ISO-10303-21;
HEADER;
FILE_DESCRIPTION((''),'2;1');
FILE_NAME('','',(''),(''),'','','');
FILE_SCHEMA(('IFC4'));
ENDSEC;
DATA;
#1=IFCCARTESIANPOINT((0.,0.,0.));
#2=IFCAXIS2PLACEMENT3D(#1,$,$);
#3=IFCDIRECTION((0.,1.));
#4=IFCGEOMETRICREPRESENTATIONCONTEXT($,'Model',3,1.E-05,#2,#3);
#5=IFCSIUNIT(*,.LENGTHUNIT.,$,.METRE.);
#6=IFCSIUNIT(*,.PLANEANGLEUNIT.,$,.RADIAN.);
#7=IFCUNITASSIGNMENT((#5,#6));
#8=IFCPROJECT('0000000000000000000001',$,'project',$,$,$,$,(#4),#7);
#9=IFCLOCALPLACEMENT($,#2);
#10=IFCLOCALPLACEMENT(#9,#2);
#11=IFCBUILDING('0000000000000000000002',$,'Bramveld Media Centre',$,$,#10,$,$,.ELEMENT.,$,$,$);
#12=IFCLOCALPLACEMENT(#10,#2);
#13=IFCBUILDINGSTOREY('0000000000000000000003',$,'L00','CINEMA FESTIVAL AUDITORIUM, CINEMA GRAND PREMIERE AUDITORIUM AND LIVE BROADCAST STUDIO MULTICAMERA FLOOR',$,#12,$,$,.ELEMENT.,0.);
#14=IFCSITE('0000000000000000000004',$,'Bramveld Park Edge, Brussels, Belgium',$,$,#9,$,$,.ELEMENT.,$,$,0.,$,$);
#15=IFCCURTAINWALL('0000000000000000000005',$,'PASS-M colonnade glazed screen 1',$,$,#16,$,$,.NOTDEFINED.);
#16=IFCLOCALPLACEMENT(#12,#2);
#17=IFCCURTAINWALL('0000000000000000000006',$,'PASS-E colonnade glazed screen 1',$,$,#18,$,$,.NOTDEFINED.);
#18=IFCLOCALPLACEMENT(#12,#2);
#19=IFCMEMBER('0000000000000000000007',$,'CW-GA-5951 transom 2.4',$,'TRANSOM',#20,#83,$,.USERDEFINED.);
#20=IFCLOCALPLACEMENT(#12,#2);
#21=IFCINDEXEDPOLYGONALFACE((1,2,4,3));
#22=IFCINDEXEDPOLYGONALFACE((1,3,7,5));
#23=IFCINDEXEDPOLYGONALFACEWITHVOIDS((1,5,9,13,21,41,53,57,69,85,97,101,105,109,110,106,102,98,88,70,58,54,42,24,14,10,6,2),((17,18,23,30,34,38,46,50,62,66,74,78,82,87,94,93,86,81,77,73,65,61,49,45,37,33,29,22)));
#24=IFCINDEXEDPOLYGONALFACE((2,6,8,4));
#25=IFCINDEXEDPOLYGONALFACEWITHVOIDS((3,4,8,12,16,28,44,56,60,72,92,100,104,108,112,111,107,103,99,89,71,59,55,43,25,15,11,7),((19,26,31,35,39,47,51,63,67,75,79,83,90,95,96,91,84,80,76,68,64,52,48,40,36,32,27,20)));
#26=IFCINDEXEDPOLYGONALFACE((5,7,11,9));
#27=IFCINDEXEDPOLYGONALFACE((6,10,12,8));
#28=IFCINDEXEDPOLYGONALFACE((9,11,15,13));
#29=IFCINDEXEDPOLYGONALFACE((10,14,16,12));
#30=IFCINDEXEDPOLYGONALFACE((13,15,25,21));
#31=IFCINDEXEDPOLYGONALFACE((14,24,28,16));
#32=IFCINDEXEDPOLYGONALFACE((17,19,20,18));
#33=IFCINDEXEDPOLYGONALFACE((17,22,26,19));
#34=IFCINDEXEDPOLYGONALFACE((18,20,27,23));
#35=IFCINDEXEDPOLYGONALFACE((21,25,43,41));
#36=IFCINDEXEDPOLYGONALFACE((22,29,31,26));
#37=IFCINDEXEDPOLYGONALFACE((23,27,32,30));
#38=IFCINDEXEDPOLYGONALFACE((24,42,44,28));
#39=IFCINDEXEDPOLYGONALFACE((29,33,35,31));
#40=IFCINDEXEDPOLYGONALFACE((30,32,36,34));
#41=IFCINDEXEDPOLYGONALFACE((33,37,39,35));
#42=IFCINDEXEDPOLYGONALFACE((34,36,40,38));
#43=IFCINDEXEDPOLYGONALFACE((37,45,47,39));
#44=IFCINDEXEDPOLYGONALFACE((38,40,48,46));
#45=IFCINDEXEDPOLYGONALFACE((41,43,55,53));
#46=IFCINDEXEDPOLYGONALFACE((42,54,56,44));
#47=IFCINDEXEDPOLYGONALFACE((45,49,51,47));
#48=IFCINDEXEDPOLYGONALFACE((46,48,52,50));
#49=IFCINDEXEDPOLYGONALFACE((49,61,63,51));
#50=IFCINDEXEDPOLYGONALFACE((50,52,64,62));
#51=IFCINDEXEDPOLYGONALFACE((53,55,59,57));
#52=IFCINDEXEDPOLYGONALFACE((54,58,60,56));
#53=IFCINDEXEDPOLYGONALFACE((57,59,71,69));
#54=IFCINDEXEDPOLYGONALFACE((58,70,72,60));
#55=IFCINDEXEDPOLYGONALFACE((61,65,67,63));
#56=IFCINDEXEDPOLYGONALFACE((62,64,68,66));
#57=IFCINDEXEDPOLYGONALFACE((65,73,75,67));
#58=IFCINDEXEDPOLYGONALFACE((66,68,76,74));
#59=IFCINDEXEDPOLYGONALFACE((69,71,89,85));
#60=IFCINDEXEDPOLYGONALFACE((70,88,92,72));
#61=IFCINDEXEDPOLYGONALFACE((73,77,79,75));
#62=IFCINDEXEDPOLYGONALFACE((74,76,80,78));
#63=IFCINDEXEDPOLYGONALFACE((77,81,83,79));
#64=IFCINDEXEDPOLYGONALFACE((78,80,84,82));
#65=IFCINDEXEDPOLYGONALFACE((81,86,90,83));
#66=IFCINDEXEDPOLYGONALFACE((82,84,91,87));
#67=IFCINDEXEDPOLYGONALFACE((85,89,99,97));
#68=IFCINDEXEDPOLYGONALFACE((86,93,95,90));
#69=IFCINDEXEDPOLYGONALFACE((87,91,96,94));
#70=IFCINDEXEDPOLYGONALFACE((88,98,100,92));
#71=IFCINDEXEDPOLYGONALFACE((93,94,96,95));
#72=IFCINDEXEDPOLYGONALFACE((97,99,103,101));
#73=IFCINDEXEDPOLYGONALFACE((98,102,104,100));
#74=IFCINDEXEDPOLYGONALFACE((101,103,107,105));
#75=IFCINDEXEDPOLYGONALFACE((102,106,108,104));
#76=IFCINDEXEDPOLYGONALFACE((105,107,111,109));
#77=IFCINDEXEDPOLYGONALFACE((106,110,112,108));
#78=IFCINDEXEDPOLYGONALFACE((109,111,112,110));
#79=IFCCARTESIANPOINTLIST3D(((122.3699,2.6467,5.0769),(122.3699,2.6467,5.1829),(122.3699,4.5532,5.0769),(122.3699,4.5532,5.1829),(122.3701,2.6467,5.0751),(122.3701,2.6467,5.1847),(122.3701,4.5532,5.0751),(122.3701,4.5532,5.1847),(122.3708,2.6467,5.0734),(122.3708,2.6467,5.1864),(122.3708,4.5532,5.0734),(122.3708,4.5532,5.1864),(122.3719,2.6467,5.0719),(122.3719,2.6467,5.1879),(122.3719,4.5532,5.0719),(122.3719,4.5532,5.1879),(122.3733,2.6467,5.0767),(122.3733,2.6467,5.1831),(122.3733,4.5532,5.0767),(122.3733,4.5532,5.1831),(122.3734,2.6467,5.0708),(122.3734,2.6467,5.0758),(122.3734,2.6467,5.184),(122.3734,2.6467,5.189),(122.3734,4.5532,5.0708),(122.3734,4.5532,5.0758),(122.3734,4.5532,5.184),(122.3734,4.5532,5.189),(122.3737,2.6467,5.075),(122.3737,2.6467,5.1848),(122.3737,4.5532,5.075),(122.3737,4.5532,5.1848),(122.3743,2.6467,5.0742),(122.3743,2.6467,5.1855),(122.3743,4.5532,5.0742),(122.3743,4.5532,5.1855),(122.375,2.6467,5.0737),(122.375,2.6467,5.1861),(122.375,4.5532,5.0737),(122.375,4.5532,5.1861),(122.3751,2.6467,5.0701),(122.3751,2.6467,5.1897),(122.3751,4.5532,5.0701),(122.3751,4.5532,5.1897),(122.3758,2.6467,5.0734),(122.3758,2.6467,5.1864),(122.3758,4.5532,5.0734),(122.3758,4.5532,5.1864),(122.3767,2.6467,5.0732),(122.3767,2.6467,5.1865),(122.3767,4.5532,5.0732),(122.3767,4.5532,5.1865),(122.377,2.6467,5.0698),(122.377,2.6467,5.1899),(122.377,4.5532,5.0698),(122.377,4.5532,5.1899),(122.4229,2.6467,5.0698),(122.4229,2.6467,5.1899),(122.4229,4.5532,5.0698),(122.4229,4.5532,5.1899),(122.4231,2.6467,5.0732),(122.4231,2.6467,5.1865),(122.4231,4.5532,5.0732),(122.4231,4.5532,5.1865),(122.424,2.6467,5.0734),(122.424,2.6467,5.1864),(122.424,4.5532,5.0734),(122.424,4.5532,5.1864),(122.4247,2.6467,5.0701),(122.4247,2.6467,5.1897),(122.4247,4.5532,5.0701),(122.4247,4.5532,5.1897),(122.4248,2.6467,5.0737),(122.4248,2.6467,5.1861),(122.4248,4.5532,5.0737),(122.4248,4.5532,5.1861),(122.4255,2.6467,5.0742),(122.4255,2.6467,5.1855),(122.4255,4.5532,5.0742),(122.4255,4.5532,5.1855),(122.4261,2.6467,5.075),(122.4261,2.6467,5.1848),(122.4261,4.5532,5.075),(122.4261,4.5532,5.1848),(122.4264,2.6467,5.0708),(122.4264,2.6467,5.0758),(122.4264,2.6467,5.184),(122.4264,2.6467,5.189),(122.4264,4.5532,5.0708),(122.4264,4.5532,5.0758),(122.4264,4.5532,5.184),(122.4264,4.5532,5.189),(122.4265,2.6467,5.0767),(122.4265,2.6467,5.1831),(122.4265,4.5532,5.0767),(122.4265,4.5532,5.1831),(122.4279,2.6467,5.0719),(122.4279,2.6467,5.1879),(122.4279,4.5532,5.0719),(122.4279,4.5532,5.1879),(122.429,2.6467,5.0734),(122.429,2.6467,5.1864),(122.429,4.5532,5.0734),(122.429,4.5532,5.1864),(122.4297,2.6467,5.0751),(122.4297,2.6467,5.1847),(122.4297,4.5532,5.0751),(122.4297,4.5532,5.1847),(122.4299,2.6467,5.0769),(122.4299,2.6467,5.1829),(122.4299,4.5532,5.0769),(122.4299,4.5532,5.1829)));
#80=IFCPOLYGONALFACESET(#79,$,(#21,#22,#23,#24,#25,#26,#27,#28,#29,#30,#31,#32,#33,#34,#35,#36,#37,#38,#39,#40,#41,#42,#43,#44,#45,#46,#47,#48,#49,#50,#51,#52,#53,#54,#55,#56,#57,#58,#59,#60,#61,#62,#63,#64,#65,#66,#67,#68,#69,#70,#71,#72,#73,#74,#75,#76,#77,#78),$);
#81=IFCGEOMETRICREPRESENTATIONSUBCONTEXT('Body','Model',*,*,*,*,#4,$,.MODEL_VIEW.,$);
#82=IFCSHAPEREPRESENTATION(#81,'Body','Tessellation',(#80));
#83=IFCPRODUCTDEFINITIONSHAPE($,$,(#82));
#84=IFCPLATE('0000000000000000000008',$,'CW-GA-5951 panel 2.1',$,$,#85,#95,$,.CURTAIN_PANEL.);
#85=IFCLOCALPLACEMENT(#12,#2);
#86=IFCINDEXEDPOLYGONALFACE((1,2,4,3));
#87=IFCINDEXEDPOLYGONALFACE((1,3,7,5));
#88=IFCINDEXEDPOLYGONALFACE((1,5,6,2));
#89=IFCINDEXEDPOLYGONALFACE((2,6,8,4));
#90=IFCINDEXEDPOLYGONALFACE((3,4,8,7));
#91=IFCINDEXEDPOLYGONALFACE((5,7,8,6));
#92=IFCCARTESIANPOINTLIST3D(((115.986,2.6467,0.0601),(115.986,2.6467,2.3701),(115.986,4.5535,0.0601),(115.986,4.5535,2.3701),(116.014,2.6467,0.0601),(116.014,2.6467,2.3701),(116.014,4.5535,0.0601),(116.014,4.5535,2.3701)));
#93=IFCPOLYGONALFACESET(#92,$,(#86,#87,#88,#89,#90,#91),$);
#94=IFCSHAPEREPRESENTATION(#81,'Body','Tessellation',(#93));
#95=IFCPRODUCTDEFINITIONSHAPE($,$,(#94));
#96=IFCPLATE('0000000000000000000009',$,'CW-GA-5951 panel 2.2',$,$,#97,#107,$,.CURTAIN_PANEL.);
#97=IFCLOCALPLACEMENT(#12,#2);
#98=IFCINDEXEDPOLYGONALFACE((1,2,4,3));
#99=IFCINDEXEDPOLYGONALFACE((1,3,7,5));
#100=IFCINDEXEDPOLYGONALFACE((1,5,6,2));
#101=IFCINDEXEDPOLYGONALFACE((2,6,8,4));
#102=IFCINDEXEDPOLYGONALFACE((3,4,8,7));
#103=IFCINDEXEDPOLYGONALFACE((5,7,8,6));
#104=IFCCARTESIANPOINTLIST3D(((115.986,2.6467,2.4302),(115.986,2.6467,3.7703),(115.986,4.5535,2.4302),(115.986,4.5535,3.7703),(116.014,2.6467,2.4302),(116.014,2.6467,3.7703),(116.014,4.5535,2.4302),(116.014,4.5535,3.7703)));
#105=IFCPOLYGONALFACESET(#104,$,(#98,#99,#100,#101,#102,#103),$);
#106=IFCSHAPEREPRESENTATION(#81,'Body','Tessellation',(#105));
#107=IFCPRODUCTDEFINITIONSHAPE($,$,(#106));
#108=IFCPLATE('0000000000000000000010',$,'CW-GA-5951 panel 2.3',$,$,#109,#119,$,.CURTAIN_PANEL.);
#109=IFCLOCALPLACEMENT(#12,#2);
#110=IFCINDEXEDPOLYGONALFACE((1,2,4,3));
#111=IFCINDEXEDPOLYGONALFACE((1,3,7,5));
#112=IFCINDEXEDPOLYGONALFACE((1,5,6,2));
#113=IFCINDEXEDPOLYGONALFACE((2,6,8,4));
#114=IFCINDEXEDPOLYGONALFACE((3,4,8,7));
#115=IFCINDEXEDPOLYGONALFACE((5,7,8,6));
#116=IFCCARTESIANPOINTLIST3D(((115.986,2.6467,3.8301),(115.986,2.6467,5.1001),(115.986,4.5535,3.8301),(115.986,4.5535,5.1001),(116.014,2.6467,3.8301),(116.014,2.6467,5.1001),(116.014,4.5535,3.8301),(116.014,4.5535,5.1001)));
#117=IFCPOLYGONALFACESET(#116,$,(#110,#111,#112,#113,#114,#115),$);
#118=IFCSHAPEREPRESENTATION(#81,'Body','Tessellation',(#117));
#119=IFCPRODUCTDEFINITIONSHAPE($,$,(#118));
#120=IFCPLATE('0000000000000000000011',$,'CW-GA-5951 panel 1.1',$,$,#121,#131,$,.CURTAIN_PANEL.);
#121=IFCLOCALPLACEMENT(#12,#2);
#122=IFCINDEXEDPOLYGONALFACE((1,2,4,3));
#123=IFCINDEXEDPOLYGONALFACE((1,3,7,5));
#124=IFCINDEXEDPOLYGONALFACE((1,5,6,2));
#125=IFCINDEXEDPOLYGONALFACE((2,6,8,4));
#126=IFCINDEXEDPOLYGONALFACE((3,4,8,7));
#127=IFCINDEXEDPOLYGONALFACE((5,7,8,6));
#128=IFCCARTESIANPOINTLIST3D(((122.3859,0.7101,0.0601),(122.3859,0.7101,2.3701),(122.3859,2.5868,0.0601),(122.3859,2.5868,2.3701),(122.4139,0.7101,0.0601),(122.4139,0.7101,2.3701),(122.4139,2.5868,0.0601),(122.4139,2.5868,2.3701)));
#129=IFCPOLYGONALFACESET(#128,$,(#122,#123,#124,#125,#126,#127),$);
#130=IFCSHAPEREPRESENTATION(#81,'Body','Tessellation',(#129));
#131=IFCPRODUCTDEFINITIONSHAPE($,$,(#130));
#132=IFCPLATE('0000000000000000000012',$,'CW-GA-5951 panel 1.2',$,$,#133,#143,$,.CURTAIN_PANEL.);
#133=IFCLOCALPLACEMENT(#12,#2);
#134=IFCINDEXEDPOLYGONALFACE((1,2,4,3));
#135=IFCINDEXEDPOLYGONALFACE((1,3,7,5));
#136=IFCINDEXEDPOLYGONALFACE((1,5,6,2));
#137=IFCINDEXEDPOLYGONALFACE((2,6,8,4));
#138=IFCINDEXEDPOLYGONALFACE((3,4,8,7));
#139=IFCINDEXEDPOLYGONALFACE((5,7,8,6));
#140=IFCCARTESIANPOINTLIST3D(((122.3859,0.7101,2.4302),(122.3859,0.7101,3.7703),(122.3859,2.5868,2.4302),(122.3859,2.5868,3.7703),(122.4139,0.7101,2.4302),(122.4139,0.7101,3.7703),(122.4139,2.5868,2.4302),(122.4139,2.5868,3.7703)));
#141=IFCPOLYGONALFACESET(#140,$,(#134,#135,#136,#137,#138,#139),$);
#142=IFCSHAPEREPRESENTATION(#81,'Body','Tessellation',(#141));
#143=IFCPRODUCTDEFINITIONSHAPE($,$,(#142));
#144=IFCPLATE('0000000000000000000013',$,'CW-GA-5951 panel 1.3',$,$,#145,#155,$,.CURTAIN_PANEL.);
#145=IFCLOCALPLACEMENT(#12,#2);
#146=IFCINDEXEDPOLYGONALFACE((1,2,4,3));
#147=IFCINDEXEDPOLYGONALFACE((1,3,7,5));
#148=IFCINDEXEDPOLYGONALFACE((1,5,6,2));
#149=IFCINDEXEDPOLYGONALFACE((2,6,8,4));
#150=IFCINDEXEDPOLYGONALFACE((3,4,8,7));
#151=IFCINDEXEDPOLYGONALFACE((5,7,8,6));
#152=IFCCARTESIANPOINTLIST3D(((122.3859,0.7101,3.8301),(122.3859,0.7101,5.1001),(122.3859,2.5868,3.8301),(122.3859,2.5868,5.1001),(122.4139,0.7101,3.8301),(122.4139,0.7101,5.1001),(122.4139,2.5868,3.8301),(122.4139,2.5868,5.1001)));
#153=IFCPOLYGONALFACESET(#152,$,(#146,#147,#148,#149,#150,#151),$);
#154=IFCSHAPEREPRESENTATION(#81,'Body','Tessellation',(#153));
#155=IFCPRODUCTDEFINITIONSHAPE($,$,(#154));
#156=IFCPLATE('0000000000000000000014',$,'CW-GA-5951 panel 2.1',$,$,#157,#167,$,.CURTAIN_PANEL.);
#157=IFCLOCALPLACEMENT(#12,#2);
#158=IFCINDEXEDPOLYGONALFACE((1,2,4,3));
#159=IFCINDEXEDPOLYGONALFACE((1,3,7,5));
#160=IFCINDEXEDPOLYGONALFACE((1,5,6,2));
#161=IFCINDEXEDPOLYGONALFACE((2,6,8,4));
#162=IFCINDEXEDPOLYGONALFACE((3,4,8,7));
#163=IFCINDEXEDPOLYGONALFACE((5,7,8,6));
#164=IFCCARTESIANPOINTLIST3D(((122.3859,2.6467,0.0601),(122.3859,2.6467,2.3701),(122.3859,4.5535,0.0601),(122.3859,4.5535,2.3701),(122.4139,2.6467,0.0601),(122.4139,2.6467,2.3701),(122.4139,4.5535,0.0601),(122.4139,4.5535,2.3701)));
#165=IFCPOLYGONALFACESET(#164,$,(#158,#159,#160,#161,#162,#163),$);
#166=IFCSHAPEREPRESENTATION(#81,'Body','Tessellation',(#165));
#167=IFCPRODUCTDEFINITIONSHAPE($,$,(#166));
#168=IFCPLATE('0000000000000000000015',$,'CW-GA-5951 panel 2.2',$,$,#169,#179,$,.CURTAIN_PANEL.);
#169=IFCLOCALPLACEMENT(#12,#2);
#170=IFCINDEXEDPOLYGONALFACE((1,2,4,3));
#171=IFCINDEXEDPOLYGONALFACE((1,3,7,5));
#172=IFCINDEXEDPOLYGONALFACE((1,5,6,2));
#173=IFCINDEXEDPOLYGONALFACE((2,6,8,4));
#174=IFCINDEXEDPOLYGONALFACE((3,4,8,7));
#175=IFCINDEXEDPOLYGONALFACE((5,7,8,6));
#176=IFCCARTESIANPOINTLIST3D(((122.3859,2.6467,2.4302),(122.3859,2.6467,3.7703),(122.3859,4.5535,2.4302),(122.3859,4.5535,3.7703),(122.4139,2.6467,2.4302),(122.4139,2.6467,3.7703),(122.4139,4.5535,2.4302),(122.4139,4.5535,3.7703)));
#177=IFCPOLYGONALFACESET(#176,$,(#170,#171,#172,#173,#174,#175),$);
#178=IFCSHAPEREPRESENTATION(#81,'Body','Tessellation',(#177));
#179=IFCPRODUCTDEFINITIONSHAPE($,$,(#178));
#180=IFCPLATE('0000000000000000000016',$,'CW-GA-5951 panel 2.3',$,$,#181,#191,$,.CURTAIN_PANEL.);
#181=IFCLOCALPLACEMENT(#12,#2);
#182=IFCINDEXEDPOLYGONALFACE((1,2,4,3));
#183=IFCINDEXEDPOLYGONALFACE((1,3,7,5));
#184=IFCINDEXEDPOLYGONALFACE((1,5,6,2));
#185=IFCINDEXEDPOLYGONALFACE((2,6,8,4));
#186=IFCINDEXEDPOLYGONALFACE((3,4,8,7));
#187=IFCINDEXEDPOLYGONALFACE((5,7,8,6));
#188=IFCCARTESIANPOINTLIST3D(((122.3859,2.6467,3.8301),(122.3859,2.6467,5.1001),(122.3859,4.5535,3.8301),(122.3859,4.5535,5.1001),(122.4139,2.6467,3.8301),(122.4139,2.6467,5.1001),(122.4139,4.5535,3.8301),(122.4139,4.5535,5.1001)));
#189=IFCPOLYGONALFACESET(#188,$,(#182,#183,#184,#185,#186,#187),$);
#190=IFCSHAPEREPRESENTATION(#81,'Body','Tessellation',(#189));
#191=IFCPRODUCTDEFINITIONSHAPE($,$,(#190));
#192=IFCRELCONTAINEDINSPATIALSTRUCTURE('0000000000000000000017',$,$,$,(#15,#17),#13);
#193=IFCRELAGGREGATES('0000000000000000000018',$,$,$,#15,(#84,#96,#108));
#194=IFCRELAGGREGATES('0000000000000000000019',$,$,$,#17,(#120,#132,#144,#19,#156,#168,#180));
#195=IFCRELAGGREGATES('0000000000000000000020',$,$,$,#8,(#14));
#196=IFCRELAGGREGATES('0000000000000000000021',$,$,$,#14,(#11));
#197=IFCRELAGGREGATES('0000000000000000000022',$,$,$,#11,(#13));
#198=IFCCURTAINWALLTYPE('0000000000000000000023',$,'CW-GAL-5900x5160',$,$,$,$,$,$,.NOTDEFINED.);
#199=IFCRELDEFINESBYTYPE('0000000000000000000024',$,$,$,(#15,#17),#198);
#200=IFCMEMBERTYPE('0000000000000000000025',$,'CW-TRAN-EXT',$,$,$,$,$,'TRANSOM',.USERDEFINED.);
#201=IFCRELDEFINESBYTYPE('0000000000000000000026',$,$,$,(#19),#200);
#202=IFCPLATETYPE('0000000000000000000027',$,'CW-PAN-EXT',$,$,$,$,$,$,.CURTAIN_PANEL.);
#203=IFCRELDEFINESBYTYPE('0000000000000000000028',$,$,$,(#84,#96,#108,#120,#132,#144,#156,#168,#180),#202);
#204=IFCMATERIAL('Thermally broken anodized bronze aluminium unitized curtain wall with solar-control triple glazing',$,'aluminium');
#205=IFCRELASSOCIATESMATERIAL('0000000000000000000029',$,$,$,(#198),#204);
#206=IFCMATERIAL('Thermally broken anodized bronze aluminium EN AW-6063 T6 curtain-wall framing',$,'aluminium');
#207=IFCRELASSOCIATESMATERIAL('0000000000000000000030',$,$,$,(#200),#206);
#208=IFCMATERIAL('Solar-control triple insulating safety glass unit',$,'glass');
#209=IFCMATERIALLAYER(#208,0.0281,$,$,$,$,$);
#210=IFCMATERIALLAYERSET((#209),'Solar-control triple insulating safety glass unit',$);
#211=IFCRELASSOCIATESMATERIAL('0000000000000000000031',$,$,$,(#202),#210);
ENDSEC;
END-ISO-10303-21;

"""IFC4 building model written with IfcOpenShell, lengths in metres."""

from ifc_helpers import new_model, si_unit, direction, frame, origin, origin_2d, place, context, subcontext, project, spatial, rectangle, hollow_rectangle, extrude, material, layer, layer_set, material_profile, profile_set, type_object, element, aggregate, save


model = new_model("IFC4")

# Units and contexts
model_context = context("Model", 3, precision=1e-05, world=origin(), true_north=direction((0.0, 1.0)))
body_context = subcontext(model_context, "Body", "Model", "MODEL_VIEW")
ifc_project = project(units=[si_unit("LENGTHUNIT", "METRE"), si_unit("PLANEANGLEUNIT", "RADIAN")], contexts=[model_context])

# Site, building, storey
site_placement = place(None, origin())
site = spatial("IfcSite", under=ifc_project, at=site_placement, Name="Bramveld Park Edge, Brussels, Belgium", CompositionType="ELEMENT", RefElevation=0.0)
building_placement = place(site_placement, origin())
building = spatial("IfcBuilding", under=site, at=building_placement, Name="Bramveld Media Centre", CompositionType="ELEMENT")
storey_placement = place(building_placement, origin())
storey = spatial("IfcBuildingStorey", under=building, at=storey_placement, Name="L00", Description="CINEMA FESTIVAL AUDITORIUM, CINEMA GRAND PREMIERE AUDITORIUM AND LIVE BROADCAST STUDIO MULTICAMERA FLOOR", CompositionType="ELEMENT", Elevation=0.0)

# Curtain wall
ifc_material_1 = material(Name="Thermally broken anodized bronze aluminium unitized curtain wall with solar-control triple glazing", Category="aluminium")
curtain_wall_type = type_object("IfcCurtainWallType", Name="CW-GAL-5900x5160", PredefinedType="NOTDEFINED", material=ifc_material_1)
curtain_wall_1_placement = place(storey_placement, origin())
curtain_wall_1 = element("IfcCurtainWall", 1, at=curtain_wall_1_placement, inside=storey, type_object=curtain_wall_type, Name="PASS-M colonnade glazed screen 1", PredefinedType="NOTDEFINED")

# Curtain wall
curtain_wall_2_placement = place(storey_placement, origin())
curtain_wall_2 = element("IfcCurtainWall", 2, at=curtain_wall_2_placement, inside=storey, type_object=curtain_wall_type, Name="PASS-E colonnade glazed screen 1", PredefinedType="NOTDEFINED")

# Member
ifc_material_2 = material(Name="Thermally broken anodized bronze aluminium EN AW-6063 T6 curtain-wall framing", Category="aluminium")
ifc_material_profile_1 = material_profile(ifc_material_2, hollow_rectangle(XDim=0.0601, YDim=0.1201, WallThickness=0.0034, InnerFilletRadius=0.0034, OuterFilletRadius=0.0071, at=origin_2d()), Name="AL-TRAN 60x120")
ifc_profile_set_1 = profile_set([ifc_material_profile_1], Name="Thermally broken anodized bronze aluminium EN AW-6063 T6 curtain-wall framing")
member_type_1 = type_object("IfcMemberType", Name="CW-TRAN-EXT", ElementType="TRANSOM", PredefinedType="USERDEFINED", material=ifc_profile_set_1)
member_1_placement = place(storey_placement, frame((122.3999, 2.6467, 5.1299), z_axis=(0.0, 1.0, 0.0), x_axis=(-1.0, 0.0, 0.0)))
member_1 = element("IfcMember", 3, at=member_1_placement, type_object=member_type_1, Name="CW-GA-5951 transom 2.4", ObjectType="TRANSOM", PredefinedType="USERDEFINED", context=body_context, shape_type="SweptSolid", body=[
    extrude(hollow_rectangle(XDim=0.0601, YDim=0.1201, WallThickness=0.0034, InnerFilletRadius=0.0034, OuterFilletRadius=0.0071, at=origin_2d()), origin(), (0.0, 0.0, 1.0), 1.9065),
])

# Plates
ifc_material_3 = material(Name="Solar-control triple insulating safety glass unit", Category="glass")
ifc_layer = layer(ifc_material_3, 0.0281)
ifc_layer_set = layer_set([ifc_layer], Name="Solar-control triple insulating safety glass unit")
plate_type = type_object("IfcPlateType", Name="CW-PAN-EXT", PredefinedType="CURTAIN_PANEL", material=ifc_layer_set)
plate_1_placement = place(storey_placement, frame((116.0, 3.6001, 0.0601), z_axis=(0.0, 0.0, 1.0), x_axis=(0.0, 1.0, 0.0)))
plate_1 = element("IfcPlate", 4, at=plate_1_placement, type_object=plate_type, Name="CW-GA-5951 panel 2.1", PredefinedType="CURTAIN_PANEL", context=body_context, shape_type="SweptSolid", body=[
    extrude(rectangle(XDim=1.9067, YDim=0.0281, at=origin_2d()), origin(), (0.0, 0.0, 1.0), 2.3101),
])
plate_2_placement = place(storey_placement, frame((116.0, 3.6001, 2.4302), z_axis=(0.0, 0.0, 1.0), x_axis=(0.0, 1.0, 0.0)))
plate_2 = element("IfcPlate", 5, at=plate_2_placement, type_object=plate_type, Name="CW-GA-5951 panel 2.2", PredefinedType="CURTAIN_PANEL", context=body_context, shape_type="SweptSolid", body=[
    extrude(rectangle(XDim=1.9067, YDim=0.0281, at=origin_2d()), origin(), (0.0, 0.0, 1.0), 1.3401),
])
plate_3_placement = place(storey_placement, frame((116.0, 3.6001, 3.8301), z_axis=(0.0, 0.0, 1.0), x_axis=(0.0, 1.0, 0.0)))
plate_3 = element("IfcPlate", 6, at=plate_3_placement, type_object=plate_type, Name="CW-GA-5951 panel 2.3", PredefinedType="CURTAIN_PANEL", context=body_context, shape_type="SweptSolid", body=[
    extrude(rectangle(XDim=1.9067, YDim=0.0281, at=origin_2d()), origin(), (0.0, 0.0, 1.0), 1.27),
])
aggregate(curtain_wall_1, [plate_1, plate_2, plate_3])
plate_4_placement = place(storey_placement, frame((122.3999, 1.6484, 0.0601), z_axis=(0.0, 0.0, 1.0), x_axis=(0.0, 1.0, 0.0)))
plate_4 = element("IfcPlate", 7, at=plate_4_placement, type_object=plate_type, Name="CW-GA-5951 panel 1.1", PredefinedType="CURTAIN_PANEL", context=body_context, shape_type="SweptSolid", body=[
    extrude(rectangle(XDim=1.8767, YDim=0.0281, at=origin_2d()), origin(), (0.0, 0.0, 1.0), 2.3101),
])
plate_5_placement = place(storey_placement, frame((122.3999, 1.6484, 2.4302), z_axis=(0.0, 0.0, 1.0), x_axis=(0.0, 1.0, 0.0)))
plate_5 = element("IfcPlate", 8, at=plate_5_placement, type_object=plate_type, Name="CW-GA-5951 panel 1.2", PredefinedType="CURTAIN_PANEL", context=body_context, shape_type="SweptSolid", body=[
    extrude(rectangle(XDim=1.8767, YDim=0.0281, at=origin_2d()), origin(), (0.0, 0.0, 1.0), 1.3401),
])
plate_6_placement = place(storey_placement, frame((122.3999, 1.6484, 3.8301), z_axis=(0.0, 0.0, 1.0), x_axis=(0.0, 1.0, 0.0)))
plate_6 = element("IfcPlate", 9, at=plate_6_placement, type_object=plate_type, Name="CW-GA-5951 panel 1.3", PredefinedType="CURTAIN_PANEL", context=body_context, shape_type="SweptSolid", body=[
    extrude(rectangle(XDim=1.8767, YDim=0.0281, at=origin_2d()), origin(), (0.0, 0.0, 1.0), 1.27),
])
plate_7_placement = place(storey_placement, frame((122.3999, 3.6001, 0.0601), z_axis=(0.0, 0.0, 1.0), x_axis=(0.0, 1.0, 0.0)))
plate_7 = element("IfcPlate", 10, at=plate_7_placement, type_object=plate_type, Name="CW-GA-5951 panel 2.1", PredefinedType="CURTAIN_PANEL", context=body_context, shape_type="SweptSolid", body=[
    extrude(rectangle(XDim=1.9067, YDim=0.0281, at=origin_2d()), origin(), (0.0, 0.0, 1.0), 2.3101),
])
plate_8_placement = place(storey_placement, frame((122.3999, 3.6001, 2.4302), z_axis=(0.0, 0.0, 1.0), x_axis=(0.0, 1.0, 0.0)))
plate_8 = element("IfcPlate", 11, at=plate_8_placement, type_object=plate_type, Name="CW-GA-5951 panel 2.2", PredefinedType="CURTAIN_PANEL", context=body_context, shape_type="SweptSolid", body=[
    extrude(rectangle(XDim=1.9067, YDim=0.0281, at=origin_2d()), origin(), (0.0, 0.0, 1.0), 1.3401),
])
plate_9_placement = place(storey_placement, frame((122.3999, 3.6001, 3.8301), z_axis=(0.0, 0.0, 1.0), x_axis=(0.0, 1.0, 0.0)))
plate_9 = element("IfcPlate", 12, at=plate_9_placement, type_object=plate_type, Name="CW-GA-5951 panel 2.3", PredefinedType="CURTAIN_PANEL", context=body_context, shape_type="SweptSolid", body=[
    extrude(rectangle(XDim=1.9067, YDim=0.0281, at=origin_2d()), origin(), (0.0, 0.0, 1.0), 1.27),
])
aggregate(curtain_wall_2, [plate_4, plate_5, plate_6, member_1, plate_7, plate_8, plate_9])

save(model, "model.ifc")
